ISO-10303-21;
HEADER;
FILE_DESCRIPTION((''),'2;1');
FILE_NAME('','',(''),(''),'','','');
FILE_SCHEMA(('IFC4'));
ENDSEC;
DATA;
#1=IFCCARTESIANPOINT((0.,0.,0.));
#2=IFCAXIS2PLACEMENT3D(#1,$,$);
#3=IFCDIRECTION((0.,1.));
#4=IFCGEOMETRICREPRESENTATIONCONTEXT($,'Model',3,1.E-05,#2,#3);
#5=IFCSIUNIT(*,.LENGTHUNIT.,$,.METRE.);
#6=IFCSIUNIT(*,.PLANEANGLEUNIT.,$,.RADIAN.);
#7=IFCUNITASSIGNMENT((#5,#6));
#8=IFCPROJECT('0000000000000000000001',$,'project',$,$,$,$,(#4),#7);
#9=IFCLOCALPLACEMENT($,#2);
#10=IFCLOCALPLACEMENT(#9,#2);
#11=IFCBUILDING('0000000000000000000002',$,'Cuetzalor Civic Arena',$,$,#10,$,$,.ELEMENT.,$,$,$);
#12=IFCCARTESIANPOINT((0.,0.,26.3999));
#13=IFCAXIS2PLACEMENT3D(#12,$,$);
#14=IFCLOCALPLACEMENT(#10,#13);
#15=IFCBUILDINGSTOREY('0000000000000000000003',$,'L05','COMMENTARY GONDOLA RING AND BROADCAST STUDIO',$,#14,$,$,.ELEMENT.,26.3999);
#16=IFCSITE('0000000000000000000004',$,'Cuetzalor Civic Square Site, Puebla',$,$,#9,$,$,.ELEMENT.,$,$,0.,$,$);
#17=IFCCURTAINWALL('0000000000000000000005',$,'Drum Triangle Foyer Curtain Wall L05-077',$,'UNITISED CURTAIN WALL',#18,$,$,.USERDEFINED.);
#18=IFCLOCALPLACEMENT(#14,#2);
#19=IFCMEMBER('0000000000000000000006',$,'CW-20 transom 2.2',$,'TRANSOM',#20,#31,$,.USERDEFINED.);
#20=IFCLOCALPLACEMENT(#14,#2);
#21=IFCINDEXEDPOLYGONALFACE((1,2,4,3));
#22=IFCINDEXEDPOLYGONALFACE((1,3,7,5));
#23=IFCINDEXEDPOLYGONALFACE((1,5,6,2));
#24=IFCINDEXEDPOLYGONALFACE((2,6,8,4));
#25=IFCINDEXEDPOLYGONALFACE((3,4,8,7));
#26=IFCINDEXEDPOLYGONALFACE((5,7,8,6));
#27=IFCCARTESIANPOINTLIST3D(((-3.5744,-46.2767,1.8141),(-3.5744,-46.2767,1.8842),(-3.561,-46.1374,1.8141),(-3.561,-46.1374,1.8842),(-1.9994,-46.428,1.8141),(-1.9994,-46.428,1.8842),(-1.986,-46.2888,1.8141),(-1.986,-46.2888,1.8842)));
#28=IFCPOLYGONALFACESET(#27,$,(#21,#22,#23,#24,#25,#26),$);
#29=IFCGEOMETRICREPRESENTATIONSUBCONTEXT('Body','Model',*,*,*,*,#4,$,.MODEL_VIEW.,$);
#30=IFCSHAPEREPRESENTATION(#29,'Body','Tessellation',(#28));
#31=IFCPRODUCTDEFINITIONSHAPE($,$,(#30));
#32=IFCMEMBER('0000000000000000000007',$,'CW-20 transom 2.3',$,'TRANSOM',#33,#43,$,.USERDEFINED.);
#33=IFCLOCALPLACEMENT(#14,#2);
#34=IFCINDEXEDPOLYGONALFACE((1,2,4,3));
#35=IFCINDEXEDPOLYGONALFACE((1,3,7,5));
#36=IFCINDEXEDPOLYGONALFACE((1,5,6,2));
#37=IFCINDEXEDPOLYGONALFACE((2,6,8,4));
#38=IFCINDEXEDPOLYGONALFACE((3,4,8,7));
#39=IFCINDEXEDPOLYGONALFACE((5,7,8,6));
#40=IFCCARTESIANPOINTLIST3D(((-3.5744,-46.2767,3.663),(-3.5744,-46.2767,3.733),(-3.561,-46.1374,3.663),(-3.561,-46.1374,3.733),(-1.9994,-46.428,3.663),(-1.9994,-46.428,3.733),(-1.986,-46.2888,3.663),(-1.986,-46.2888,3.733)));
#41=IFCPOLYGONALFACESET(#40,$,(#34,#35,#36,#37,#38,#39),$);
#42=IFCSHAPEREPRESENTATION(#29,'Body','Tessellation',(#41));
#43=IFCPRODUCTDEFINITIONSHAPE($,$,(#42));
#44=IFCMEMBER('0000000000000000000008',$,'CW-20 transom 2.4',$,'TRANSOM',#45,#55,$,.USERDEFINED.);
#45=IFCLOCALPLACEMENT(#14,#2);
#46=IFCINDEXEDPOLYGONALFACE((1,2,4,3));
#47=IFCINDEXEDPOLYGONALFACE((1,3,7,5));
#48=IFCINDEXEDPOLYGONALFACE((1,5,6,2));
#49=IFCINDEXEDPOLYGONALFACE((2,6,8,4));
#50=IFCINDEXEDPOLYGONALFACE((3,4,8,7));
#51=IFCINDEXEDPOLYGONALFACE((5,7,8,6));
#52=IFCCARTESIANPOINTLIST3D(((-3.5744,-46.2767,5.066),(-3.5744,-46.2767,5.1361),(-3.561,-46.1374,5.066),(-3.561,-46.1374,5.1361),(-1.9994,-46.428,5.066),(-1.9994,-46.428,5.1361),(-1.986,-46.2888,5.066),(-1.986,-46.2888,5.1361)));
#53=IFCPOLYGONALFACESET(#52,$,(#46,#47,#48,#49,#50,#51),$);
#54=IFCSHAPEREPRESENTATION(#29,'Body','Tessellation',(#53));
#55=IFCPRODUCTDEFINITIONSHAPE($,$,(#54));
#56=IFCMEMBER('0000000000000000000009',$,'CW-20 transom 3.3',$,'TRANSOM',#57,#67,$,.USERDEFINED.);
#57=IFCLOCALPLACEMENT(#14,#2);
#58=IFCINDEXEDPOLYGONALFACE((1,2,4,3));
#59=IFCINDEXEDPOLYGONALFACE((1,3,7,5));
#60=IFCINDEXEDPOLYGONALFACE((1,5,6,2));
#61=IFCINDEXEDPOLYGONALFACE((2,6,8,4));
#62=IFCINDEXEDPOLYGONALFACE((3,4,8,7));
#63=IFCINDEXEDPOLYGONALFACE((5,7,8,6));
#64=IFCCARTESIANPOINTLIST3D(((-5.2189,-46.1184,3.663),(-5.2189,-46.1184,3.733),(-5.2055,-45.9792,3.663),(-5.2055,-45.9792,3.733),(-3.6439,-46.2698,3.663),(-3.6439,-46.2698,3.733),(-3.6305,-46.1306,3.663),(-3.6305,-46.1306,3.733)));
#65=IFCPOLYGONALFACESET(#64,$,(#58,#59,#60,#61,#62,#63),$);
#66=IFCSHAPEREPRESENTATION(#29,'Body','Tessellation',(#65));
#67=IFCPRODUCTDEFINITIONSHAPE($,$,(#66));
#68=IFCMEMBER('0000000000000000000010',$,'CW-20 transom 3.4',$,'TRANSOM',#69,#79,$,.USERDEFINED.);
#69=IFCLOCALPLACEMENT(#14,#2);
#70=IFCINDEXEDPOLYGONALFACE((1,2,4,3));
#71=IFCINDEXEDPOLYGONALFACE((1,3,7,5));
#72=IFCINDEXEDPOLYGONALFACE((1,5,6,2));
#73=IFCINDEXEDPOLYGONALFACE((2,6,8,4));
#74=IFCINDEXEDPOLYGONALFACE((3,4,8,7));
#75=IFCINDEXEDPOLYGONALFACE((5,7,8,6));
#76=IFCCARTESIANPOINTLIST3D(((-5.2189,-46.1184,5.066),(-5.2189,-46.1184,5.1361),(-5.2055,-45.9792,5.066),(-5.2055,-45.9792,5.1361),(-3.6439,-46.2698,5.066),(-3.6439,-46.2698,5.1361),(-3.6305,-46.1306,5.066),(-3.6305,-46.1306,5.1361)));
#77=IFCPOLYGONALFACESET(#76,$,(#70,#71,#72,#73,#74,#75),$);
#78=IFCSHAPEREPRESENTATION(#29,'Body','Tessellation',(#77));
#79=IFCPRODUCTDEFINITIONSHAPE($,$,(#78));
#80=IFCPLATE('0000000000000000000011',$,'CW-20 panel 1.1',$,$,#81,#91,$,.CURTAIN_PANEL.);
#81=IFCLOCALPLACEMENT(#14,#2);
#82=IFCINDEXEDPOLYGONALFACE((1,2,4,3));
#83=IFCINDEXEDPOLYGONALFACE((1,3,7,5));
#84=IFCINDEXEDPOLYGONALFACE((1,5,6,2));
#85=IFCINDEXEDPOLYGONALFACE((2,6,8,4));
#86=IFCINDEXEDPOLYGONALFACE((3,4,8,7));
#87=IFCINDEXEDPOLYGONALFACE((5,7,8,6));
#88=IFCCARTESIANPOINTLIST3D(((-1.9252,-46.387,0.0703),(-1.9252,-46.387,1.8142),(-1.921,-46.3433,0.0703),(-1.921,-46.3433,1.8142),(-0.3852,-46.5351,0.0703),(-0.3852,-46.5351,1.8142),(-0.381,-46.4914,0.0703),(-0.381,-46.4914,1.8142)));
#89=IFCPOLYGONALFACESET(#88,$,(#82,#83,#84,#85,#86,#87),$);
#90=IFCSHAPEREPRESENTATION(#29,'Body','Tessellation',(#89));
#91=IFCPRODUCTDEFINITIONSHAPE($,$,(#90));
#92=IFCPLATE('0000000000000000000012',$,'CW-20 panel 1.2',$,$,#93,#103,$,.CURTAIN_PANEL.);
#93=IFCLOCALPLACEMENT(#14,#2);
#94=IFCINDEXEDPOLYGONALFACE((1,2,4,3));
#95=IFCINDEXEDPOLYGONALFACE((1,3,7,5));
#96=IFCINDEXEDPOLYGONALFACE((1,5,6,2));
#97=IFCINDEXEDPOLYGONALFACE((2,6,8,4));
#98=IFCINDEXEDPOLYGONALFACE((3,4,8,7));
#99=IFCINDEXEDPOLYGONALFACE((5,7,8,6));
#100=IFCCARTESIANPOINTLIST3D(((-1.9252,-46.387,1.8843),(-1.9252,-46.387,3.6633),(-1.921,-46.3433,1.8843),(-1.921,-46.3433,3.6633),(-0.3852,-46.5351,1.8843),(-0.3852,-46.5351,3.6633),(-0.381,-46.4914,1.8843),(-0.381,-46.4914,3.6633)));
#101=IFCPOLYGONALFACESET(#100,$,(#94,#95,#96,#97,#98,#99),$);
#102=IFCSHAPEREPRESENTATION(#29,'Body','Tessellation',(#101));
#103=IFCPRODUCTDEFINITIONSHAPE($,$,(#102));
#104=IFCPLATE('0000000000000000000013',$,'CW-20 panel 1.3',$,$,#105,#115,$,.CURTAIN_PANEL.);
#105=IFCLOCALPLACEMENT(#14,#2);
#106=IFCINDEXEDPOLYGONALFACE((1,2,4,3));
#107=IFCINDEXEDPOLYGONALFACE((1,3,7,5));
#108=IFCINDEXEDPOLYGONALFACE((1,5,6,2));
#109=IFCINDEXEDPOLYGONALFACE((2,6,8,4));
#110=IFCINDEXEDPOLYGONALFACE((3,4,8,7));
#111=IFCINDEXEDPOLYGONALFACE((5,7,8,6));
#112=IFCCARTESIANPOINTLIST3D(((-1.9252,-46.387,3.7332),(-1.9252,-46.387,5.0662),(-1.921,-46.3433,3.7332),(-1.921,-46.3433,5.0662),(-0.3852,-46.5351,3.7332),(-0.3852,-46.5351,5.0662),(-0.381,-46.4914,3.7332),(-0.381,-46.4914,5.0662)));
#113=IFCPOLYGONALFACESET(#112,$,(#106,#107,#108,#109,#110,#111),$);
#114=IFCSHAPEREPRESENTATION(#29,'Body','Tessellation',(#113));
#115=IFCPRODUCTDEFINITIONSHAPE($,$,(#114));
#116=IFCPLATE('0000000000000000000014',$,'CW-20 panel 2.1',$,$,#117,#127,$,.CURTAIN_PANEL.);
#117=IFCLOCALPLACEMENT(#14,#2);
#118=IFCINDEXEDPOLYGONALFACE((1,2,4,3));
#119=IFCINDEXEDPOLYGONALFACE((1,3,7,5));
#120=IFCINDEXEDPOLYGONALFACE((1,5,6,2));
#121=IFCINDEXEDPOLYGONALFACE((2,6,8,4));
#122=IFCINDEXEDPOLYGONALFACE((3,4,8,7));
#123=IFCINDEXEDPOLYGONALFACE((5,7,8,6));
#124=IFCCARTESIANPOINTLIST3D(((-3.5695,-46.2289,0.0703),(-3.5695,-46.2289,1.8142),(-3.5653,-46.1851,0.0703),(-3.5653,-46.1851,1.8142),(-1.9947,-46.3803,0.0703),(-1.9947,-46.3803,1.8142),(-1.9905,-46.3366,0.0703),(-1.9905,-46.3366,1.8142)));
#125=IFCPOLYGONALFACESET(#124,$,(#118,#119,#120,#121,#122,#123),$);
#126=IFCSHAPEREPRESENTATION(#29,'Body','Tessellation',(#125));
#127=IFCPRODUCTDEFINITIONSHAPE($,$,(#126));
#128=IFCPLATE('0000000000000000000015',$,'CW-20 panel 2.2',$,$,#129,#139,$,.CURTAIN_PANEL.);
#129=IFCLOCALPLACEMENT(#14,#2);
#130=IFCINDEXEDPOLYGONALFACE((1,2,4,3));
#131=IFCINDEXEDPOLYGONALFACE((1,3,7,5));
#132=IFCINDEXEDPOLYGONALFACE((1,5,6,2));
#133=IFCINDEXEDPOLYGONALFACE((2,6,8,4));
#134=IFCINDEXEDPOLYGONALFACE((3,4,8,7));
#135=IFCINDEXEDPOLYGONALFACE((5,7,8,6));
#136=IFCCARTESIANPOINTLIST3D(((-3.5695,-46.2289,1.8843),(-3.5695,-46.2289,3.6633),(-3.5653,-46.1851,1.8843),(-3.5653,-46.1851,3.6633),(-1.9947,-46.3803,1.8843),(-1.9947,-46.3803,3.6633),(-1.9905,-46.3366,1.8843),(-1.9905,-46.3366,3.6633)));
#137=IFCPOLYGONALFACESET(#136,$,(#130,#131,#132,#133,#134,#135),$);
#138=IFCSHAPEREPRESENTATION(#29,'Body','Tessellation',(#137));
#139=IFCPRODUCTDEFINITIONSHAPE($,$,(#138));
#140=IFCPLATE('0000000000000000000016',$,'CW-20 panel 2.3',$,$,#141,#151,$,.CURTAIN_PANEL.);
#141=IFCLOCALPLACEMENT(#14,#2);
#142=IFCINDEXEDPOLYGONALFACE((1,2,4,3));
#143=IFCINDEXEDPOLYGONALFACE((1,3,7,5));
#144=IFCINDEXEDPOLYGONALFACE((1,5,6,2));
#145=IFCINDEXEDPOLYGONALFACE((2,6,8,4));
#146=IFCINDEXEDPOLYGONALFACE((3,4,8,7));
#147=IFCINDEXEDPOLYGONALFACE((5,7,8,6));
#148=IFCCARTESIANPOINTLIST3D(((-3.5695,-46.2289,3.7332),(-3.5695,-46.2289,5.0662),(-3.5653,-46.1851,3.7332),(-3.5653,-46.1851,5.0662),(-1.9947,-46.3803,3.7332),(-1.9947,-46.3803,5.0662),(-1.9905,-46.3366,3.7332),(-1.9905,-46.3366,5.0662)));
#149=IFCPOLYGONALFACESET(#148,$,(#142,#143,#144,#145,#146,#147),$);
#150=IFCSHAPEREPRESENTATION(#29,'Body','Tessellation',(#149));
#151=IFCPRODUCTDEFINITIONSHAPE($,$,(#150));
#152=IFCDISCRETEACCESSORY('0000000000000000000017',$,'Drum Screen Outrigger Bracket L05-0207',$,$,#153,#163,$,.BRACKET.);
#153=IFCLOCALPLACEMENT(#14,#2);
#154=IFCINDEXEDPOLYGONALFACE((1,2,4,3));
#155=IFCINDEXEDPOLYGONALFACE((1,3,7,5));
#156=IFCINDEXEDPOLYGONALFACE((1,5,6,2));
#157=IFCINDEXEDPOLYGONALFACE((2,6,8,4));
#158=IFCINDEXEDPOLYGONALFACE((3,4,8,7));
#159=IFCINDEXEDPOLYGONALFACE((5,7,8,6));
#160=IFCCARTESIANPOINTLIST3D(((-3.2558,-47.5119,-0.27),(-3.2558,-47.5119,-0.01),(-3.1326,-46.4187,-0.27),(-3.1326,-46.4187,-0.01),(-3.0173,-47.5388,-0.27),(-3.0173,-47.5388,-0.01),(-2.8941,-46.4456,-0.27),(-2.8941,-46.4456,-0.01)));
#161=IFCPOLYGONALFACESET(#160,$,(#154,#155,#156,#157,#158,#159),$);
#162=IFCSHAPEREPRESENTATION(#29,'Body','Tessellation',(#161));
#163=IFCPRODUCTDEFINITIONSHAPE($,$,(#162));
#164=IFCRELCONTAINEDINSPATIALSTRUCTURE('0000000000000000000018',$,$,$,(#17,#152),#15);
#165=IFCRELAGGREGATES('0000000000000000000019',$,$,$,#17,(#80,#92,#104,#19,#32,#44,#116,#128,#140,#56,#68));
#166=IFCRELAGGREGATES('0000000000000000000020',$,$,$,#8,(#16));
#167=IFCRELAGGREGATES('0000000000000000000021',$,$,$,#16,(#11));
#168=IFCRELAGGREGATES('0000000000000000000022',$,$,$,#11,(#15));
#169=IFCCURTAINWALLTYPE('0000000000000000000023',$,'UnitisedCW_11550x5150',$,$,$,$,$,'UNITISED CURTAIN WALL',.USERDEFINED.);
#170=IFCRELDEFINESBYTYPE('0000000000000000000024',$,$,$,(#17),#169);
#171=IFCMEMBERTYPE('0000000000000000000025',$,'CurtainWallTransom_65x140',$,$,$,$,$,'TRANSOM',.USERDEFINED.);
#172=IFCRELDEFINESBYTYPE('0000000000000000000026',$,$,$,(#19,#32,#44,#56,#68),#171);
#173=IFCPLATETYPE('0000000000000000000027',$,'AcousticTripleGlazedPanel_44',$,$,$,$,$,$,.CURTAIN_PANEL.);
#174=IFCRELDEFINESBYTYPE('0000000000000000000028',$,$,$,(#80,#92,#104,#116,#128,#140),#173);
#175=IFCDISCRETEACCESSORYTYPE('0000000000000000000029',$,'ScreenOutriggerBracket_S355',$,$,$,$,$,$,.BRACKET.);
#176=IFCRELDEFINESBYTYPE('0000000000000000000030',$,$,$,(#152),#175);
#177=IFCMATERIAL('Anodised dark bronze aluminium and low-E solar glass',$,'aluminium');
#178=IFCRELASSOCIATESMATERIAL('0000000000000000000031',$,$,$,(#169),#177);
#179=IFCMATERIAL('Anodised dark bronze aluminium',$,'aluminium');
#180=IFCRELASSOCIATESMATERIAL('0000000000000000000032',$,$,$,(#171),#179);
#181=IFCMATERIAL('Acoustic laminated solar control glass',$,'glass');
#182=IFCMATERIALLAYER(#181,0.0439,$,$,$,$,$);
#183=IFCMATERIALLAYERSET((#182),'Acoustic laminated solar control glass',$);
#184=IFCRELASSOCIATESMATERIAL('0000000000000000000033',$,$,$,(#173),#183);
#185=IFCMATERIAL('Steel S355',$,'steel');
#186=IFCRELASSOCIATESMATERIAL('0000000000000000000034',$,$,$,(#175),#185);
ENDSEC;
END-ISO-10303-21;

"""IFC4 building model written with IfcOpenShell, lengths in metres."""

from ifc_helpers import new_model, si_unit, direction, frame, origin, origin_2d, place, context, subcontext, project, spatial, rectangle, extrude, material, layer, layer_set, material_profile, profile_set, type_object, element, aggregate, save


model = new_model("IFC4")

# Units and contexts
model_context = context("Model", 3, precision=1e-05, world=origin(), true_north=direction((0.0, 1.0)))
body_context = subcontext(model_context, "Body", "Model", "MODEL_VIEW")
ifc_project = project(units=[si_unit("LENGTHUNIT", "METRE"), si_unit("PLANEANGLEUNIT", "RADIAN")], contexts=[model_context])

# Site, building, storey
site_placement = place(None, origin())
site = spatial("IfcSite", under=ifc_project, at=site_placement, Name="Cuetzalor Civic Square Site, Puebla", CompositionType="ELEMENT", RefElevation=0.0)
building_placement = place(site_placement, origin())
building = spatial("IfcBuilding", under=site, at=building_placement, Name="Cuetzalor Civic Arena", CompositionType="ELEMENT")
storey_placement = place(building_placement, frame((0.0, 0.0, 26.3999)))
storey = spatial("IfcBuildingStorey", under=building, at=storey_placement, Name="L05", Description="COMMENTARY GONDOLA RING AND BROADCAST STUDIO", CompositionType="ELEMENT", Elevation=26.3999)

# Curtain wall, members, plates
ifc_material_1 = material(Name="Anodised dark bronze aluminium and low-E solar glass", Category="aluminium")
curtain_wall_type = type_object("IfcCurtainWallType", Name="UnitisedCW_11550x5150", ElementType="UNITISED CURTAIN WALL", PredefinedType="USERDEFINED", material=ifc_material_1)
curtain_wall_placement = place(storey_placement, origin())
curtain_wall = element("IfcCurtainWall", 1, at=curtain_wall_placement, inside=storey, type_object=curtain_wall_type, Name="Drum Triangle Foyer Curtain Wall L05-077", ObjectType="UNITISED CURTAIN WALL", PredefinedType="USERDEFINED")
ifc_material_2 = material(Name="Anodised dark bronze aluminium", Category="aluminium")
ifc_material_profile_1 = material_profile(ifc_material_2, rectangle(XDim=0.1399, YDim=0.0701, at=origin_2d()), Name="ALU TRANSOM 70x140")
ifc_profile_set_1 = profile_set([ifc_material_profile_1], Name="Anodised dark bronze aluminium")
member_type_1 = type_object("IfcMemberType", Name="CurtainWallTransom_65x140", ElementType="TRANSOM", PredefinedType="USERDEFINED", material=ifc_profile_set_1)
member_1_placement = place(storey_placement, frame((-1.9927, -46.3584, 1.8491), z_axis=(-0.995413, 0.095668, 0.0), x_axis=(-0.095668, -0.995413, 0.0)))
member_1 = element("IfcMember", 2, at=member_1_placement, type_object=member_type_1, Name="CW-20 transom 2.2", ObjectType="TRANSOM", PredefinedType="USERDEFINED", context=body_context, shape_type="SweptSolid", body=[
    extrude(rectangle(XDim=0.1399, YDim=0.0701, at=origin_2d()), origin(), (0.0, 0.0, 1.0), 1.5823),
])
member_2_placement = place(storey_placement, frame((-1.9927, -46.3584, 3.698), z_axis=(-0.995413, 0.095668, 0.0), x_axis=(-0.095668, -0.995413, 0.0)))
member_2 = element("IfcMember", 3, at=member_2_placement, type_object=member_type_1, Name="CW-20 transom 2.3", ObjectType="TRANSOM", PredefinedType="USERDEFINED", context=body_context, shape_type="SweptSolid", body=[
    extrude(rectangle(XDim=0.1399, YDim=0.0701, at=origin_2d()), origin(), (0.0, 0.0, 1.0), 1.5823),
])
member_3_placement = place(storey_placement, frame((-1.9927, -46.3584, 5.1011), z_axis=(-0.995413, 0.095668, 0.0), x_axis=(-0.095668, -0.995413, 0.0)))
member_3 = element("IfcMember", 4, at=member_3_placement, type_object=member_type_1, Name="CW-20 transom 2.4", ObjectType="TRANSOM", PredefinedType="USERDEFINED", context=body_context, shape_type="SweptSolid", body=[
    extrude(rectangle(XDim=0.1399, YDim=0.0701, at=origin_2d()), origin(), (0.0, 0.0, 1.0), 1.5823),
])
member_4_placement = place(storey_placement, frame((-3.6372, -46.2002, 3.698), z_axis=(-0.995413, 0.095668, 0.0), x_axis=(-0.095668, -0.995413, 0.0)))
member_4 = element("IfcMember", 5, at=member_4_placement, type_object=member_type_1, Name="CW-20 transom 3.3", ObjectType="TRANSOM", PredefinedType="USERDEFINED", context=body_context, shape_type="SweptSolid", body=[
    extrude(rectangle(XDim=0.1399, YDim=0.0701, at=origin_2d()), origin(), (0.0, 0.0, 1.0), 1.5823),
])
member_5_placement = place(storey_placement, frame((-3.6372, -46.2002, 5.1011), z_axis=(-0.995413, 0.095668, 0.0), x_axis=(-0.095668, -0.995413, 0.0)))
member_5 = element("IfcMember", 6, at=member_5_placement, type_object=member_type_1, Name="CW-20 transom 3.4", ObjectType="TRANSOM", PredefinedType="USERDEFINED", context=body_context, shape_type="SweptSolid", body=[
    extrude(rectangle(XDim=0.1399, YDim=0.0701, at=origin_2d()), origin(), (0.0, 0.0, 1.0), 1.5823),
])
ifc_material_3 = material(Name="Acoustic laminated solar control glass", Category="glass")
ifc_layer = layer(ifc_material_3, 0.0439)
ifc_layer_set = layer_set([ifc_layer], Name="Acoustic laminated solar control glass")
plate_type = type_object("IfcPlateType", Name="AcousticTripleGlazedPanel_44", PredefinedType="CURTAIN_PANEL", material=ifc_layer_set)
plate_1_placement = place(storey_placement, frame((-1.1531, -46.4392, 0.0703), z_axis=(0.0, 0.0, 1.0), x_axis=(-0.995409, 0.095711, 0.0)))
plate_1 = element("IfcPlate", 7, at=plate_1_placement, type_object=plate_type, Name="CW-20 panel 1.1", PredefinedType="CURTAIN_PANEL", context=body_context, shape_type="SweptSolid", body=[
    extrude(rectangle(XDim=1.5471, YDim=0.0439, at=origin_2d()), origin(), (0.0, 0.0, 1.0), 1.7439),
])
plate_2_placement = place(storey_placement, frame((-1.1531, -46.4392, 1.8843), z_axis=(0.0, 0.0, 1.0), x_axis=(-0.995409, 0.095711, 0.0)))
plate_2 = element("IfcPlate", 8, at=plate_2_placement, type_object=plate_type, Name="CW-20 panel 1.2", PredefinedType="CURTAIN_PANEL", context=body_context, shape_type="SweptSolid", body=[
    extrude(rectangle(XDim=1.5471, YDim=0.0439, at=origin_2d()), origin(), (0.0, 0.0, 1.0), 1.7791),
])
plate_3_placement = place(storey_placement, frame((-1.1531, -46.4392, 3.7332), z_axis=(0.0, 0.0, 1.0), x_axis=(-0.995409, 0.095711, 0.0)))
plate_3 = element("IfcPlate", 9, at=plate_3_placement, type_object=plate_type, Name="CW-20 panel 1.3", PredefinedType="CURTAIN_PANEL", context=body_context, shape_type="SweptSolid", body=[
    extrude(rectangle(XDim=1.5471, YDim=0.0439, at=origin_2d()), origin(), (0.0, 0.0, 1.0), 1.333),
])
plate_4_placement = place(storey_placement, frame((-2.78, -46.2827, 0.0703), z_axis=(0.0, 0.0, 1.0), x_axis=(-0.995409, 0.095711, 0.0)))
plate_4 = element("IfcPlate", 10, at=plate_4_placement, type_object=plate_type, Name="CW-20 panel 2.1", PredefinedType="CURTAIN_PANEL", context=body_context, shape_type="SweptSolid", body=[
    extrude(rectangle(XDim=1.582, YDim=0.0439, at=origin_2d()), origin(), (0.0, 0.0, 1.0), 1.7439),
])
plate_5_placement = place(storey_placement, frame((-2.78, -46.2827, 1.8843), z_axis=(0.0, 0.0, 1.0), x_axis=(-0.995409, 0.095711, 0.0)))
plate_5 = element("IfcPlate", 11, at=plate_5_placement, type_object=plate_type, Name="CW-20 panel 2.2", PredefinedType="CURTAIN_PANEL", context=body_context, shape_type="SweptSolid", body=[
    extrude(rectangle(XDim=1.582, YDim=0.0439, at=origin_2d()), origin(), (0.0, 0.0, 1.0), 1.7791),
])
plate_6_placement = place(storey_placement, frame((-2.78, -46.2827, 3.7332), z_axis=(0.0, 0.0, 1.0), x_axis=(-0.995409, 0.095711, 0.0)))
plate_6 = element("IfcPlate", 12, at=plate_6_placement, type_object=plate_type, Name="CW-20 panel 2.3", PredefinedType="CURTAIN_PANEL", context=body_context, shape_type="SweptSolid", body=[
    extrude(rectangle(XDim=1.582, YDim=0.0439, at=origin_2d()), origin(), (0.0, 0.0, 1.0), 1.333),
])
aggregate(curtain_wall, [plate_1, plate_2, plate_3, member_1, member_2, member_3, plate_4, plate_5, plate_6, member_4, member_5])

# Discrete accessory
ifc_material_4 = material(Name="Steel S355", Category="steel")
discrete_accessory_type = type_object("IfcDiscreteAccessoryType", Name="ScreenOutriggerBracket_S355", PredefinedType="BRACKET", material=ifc_material_4)
discrete_accessory_placement = place(storey_placement, frame((-3.075, -46.9788, -0.27), z_axis=(0.0, 0.0, 1.0), x_axis=(-0.111989, -0.993709, 0.0)))
element("IfcDiscreteAccessory", 13, at=discrete_accessory_placement, inside=storey, type_object=discrete_accessory_type, Name="Drum Screen Outrigger Bracket L05-0207", PredefinedType="BRACKET", context=body_context, shape_type="SweptSolid", body=[
    extrude(rectangle(XDim=1.1001, YDim=0.24, at=origin_2d()), origin(), (0.0, 0.0, 1.0), 0.26),
])

save(model, "model.ifc")
